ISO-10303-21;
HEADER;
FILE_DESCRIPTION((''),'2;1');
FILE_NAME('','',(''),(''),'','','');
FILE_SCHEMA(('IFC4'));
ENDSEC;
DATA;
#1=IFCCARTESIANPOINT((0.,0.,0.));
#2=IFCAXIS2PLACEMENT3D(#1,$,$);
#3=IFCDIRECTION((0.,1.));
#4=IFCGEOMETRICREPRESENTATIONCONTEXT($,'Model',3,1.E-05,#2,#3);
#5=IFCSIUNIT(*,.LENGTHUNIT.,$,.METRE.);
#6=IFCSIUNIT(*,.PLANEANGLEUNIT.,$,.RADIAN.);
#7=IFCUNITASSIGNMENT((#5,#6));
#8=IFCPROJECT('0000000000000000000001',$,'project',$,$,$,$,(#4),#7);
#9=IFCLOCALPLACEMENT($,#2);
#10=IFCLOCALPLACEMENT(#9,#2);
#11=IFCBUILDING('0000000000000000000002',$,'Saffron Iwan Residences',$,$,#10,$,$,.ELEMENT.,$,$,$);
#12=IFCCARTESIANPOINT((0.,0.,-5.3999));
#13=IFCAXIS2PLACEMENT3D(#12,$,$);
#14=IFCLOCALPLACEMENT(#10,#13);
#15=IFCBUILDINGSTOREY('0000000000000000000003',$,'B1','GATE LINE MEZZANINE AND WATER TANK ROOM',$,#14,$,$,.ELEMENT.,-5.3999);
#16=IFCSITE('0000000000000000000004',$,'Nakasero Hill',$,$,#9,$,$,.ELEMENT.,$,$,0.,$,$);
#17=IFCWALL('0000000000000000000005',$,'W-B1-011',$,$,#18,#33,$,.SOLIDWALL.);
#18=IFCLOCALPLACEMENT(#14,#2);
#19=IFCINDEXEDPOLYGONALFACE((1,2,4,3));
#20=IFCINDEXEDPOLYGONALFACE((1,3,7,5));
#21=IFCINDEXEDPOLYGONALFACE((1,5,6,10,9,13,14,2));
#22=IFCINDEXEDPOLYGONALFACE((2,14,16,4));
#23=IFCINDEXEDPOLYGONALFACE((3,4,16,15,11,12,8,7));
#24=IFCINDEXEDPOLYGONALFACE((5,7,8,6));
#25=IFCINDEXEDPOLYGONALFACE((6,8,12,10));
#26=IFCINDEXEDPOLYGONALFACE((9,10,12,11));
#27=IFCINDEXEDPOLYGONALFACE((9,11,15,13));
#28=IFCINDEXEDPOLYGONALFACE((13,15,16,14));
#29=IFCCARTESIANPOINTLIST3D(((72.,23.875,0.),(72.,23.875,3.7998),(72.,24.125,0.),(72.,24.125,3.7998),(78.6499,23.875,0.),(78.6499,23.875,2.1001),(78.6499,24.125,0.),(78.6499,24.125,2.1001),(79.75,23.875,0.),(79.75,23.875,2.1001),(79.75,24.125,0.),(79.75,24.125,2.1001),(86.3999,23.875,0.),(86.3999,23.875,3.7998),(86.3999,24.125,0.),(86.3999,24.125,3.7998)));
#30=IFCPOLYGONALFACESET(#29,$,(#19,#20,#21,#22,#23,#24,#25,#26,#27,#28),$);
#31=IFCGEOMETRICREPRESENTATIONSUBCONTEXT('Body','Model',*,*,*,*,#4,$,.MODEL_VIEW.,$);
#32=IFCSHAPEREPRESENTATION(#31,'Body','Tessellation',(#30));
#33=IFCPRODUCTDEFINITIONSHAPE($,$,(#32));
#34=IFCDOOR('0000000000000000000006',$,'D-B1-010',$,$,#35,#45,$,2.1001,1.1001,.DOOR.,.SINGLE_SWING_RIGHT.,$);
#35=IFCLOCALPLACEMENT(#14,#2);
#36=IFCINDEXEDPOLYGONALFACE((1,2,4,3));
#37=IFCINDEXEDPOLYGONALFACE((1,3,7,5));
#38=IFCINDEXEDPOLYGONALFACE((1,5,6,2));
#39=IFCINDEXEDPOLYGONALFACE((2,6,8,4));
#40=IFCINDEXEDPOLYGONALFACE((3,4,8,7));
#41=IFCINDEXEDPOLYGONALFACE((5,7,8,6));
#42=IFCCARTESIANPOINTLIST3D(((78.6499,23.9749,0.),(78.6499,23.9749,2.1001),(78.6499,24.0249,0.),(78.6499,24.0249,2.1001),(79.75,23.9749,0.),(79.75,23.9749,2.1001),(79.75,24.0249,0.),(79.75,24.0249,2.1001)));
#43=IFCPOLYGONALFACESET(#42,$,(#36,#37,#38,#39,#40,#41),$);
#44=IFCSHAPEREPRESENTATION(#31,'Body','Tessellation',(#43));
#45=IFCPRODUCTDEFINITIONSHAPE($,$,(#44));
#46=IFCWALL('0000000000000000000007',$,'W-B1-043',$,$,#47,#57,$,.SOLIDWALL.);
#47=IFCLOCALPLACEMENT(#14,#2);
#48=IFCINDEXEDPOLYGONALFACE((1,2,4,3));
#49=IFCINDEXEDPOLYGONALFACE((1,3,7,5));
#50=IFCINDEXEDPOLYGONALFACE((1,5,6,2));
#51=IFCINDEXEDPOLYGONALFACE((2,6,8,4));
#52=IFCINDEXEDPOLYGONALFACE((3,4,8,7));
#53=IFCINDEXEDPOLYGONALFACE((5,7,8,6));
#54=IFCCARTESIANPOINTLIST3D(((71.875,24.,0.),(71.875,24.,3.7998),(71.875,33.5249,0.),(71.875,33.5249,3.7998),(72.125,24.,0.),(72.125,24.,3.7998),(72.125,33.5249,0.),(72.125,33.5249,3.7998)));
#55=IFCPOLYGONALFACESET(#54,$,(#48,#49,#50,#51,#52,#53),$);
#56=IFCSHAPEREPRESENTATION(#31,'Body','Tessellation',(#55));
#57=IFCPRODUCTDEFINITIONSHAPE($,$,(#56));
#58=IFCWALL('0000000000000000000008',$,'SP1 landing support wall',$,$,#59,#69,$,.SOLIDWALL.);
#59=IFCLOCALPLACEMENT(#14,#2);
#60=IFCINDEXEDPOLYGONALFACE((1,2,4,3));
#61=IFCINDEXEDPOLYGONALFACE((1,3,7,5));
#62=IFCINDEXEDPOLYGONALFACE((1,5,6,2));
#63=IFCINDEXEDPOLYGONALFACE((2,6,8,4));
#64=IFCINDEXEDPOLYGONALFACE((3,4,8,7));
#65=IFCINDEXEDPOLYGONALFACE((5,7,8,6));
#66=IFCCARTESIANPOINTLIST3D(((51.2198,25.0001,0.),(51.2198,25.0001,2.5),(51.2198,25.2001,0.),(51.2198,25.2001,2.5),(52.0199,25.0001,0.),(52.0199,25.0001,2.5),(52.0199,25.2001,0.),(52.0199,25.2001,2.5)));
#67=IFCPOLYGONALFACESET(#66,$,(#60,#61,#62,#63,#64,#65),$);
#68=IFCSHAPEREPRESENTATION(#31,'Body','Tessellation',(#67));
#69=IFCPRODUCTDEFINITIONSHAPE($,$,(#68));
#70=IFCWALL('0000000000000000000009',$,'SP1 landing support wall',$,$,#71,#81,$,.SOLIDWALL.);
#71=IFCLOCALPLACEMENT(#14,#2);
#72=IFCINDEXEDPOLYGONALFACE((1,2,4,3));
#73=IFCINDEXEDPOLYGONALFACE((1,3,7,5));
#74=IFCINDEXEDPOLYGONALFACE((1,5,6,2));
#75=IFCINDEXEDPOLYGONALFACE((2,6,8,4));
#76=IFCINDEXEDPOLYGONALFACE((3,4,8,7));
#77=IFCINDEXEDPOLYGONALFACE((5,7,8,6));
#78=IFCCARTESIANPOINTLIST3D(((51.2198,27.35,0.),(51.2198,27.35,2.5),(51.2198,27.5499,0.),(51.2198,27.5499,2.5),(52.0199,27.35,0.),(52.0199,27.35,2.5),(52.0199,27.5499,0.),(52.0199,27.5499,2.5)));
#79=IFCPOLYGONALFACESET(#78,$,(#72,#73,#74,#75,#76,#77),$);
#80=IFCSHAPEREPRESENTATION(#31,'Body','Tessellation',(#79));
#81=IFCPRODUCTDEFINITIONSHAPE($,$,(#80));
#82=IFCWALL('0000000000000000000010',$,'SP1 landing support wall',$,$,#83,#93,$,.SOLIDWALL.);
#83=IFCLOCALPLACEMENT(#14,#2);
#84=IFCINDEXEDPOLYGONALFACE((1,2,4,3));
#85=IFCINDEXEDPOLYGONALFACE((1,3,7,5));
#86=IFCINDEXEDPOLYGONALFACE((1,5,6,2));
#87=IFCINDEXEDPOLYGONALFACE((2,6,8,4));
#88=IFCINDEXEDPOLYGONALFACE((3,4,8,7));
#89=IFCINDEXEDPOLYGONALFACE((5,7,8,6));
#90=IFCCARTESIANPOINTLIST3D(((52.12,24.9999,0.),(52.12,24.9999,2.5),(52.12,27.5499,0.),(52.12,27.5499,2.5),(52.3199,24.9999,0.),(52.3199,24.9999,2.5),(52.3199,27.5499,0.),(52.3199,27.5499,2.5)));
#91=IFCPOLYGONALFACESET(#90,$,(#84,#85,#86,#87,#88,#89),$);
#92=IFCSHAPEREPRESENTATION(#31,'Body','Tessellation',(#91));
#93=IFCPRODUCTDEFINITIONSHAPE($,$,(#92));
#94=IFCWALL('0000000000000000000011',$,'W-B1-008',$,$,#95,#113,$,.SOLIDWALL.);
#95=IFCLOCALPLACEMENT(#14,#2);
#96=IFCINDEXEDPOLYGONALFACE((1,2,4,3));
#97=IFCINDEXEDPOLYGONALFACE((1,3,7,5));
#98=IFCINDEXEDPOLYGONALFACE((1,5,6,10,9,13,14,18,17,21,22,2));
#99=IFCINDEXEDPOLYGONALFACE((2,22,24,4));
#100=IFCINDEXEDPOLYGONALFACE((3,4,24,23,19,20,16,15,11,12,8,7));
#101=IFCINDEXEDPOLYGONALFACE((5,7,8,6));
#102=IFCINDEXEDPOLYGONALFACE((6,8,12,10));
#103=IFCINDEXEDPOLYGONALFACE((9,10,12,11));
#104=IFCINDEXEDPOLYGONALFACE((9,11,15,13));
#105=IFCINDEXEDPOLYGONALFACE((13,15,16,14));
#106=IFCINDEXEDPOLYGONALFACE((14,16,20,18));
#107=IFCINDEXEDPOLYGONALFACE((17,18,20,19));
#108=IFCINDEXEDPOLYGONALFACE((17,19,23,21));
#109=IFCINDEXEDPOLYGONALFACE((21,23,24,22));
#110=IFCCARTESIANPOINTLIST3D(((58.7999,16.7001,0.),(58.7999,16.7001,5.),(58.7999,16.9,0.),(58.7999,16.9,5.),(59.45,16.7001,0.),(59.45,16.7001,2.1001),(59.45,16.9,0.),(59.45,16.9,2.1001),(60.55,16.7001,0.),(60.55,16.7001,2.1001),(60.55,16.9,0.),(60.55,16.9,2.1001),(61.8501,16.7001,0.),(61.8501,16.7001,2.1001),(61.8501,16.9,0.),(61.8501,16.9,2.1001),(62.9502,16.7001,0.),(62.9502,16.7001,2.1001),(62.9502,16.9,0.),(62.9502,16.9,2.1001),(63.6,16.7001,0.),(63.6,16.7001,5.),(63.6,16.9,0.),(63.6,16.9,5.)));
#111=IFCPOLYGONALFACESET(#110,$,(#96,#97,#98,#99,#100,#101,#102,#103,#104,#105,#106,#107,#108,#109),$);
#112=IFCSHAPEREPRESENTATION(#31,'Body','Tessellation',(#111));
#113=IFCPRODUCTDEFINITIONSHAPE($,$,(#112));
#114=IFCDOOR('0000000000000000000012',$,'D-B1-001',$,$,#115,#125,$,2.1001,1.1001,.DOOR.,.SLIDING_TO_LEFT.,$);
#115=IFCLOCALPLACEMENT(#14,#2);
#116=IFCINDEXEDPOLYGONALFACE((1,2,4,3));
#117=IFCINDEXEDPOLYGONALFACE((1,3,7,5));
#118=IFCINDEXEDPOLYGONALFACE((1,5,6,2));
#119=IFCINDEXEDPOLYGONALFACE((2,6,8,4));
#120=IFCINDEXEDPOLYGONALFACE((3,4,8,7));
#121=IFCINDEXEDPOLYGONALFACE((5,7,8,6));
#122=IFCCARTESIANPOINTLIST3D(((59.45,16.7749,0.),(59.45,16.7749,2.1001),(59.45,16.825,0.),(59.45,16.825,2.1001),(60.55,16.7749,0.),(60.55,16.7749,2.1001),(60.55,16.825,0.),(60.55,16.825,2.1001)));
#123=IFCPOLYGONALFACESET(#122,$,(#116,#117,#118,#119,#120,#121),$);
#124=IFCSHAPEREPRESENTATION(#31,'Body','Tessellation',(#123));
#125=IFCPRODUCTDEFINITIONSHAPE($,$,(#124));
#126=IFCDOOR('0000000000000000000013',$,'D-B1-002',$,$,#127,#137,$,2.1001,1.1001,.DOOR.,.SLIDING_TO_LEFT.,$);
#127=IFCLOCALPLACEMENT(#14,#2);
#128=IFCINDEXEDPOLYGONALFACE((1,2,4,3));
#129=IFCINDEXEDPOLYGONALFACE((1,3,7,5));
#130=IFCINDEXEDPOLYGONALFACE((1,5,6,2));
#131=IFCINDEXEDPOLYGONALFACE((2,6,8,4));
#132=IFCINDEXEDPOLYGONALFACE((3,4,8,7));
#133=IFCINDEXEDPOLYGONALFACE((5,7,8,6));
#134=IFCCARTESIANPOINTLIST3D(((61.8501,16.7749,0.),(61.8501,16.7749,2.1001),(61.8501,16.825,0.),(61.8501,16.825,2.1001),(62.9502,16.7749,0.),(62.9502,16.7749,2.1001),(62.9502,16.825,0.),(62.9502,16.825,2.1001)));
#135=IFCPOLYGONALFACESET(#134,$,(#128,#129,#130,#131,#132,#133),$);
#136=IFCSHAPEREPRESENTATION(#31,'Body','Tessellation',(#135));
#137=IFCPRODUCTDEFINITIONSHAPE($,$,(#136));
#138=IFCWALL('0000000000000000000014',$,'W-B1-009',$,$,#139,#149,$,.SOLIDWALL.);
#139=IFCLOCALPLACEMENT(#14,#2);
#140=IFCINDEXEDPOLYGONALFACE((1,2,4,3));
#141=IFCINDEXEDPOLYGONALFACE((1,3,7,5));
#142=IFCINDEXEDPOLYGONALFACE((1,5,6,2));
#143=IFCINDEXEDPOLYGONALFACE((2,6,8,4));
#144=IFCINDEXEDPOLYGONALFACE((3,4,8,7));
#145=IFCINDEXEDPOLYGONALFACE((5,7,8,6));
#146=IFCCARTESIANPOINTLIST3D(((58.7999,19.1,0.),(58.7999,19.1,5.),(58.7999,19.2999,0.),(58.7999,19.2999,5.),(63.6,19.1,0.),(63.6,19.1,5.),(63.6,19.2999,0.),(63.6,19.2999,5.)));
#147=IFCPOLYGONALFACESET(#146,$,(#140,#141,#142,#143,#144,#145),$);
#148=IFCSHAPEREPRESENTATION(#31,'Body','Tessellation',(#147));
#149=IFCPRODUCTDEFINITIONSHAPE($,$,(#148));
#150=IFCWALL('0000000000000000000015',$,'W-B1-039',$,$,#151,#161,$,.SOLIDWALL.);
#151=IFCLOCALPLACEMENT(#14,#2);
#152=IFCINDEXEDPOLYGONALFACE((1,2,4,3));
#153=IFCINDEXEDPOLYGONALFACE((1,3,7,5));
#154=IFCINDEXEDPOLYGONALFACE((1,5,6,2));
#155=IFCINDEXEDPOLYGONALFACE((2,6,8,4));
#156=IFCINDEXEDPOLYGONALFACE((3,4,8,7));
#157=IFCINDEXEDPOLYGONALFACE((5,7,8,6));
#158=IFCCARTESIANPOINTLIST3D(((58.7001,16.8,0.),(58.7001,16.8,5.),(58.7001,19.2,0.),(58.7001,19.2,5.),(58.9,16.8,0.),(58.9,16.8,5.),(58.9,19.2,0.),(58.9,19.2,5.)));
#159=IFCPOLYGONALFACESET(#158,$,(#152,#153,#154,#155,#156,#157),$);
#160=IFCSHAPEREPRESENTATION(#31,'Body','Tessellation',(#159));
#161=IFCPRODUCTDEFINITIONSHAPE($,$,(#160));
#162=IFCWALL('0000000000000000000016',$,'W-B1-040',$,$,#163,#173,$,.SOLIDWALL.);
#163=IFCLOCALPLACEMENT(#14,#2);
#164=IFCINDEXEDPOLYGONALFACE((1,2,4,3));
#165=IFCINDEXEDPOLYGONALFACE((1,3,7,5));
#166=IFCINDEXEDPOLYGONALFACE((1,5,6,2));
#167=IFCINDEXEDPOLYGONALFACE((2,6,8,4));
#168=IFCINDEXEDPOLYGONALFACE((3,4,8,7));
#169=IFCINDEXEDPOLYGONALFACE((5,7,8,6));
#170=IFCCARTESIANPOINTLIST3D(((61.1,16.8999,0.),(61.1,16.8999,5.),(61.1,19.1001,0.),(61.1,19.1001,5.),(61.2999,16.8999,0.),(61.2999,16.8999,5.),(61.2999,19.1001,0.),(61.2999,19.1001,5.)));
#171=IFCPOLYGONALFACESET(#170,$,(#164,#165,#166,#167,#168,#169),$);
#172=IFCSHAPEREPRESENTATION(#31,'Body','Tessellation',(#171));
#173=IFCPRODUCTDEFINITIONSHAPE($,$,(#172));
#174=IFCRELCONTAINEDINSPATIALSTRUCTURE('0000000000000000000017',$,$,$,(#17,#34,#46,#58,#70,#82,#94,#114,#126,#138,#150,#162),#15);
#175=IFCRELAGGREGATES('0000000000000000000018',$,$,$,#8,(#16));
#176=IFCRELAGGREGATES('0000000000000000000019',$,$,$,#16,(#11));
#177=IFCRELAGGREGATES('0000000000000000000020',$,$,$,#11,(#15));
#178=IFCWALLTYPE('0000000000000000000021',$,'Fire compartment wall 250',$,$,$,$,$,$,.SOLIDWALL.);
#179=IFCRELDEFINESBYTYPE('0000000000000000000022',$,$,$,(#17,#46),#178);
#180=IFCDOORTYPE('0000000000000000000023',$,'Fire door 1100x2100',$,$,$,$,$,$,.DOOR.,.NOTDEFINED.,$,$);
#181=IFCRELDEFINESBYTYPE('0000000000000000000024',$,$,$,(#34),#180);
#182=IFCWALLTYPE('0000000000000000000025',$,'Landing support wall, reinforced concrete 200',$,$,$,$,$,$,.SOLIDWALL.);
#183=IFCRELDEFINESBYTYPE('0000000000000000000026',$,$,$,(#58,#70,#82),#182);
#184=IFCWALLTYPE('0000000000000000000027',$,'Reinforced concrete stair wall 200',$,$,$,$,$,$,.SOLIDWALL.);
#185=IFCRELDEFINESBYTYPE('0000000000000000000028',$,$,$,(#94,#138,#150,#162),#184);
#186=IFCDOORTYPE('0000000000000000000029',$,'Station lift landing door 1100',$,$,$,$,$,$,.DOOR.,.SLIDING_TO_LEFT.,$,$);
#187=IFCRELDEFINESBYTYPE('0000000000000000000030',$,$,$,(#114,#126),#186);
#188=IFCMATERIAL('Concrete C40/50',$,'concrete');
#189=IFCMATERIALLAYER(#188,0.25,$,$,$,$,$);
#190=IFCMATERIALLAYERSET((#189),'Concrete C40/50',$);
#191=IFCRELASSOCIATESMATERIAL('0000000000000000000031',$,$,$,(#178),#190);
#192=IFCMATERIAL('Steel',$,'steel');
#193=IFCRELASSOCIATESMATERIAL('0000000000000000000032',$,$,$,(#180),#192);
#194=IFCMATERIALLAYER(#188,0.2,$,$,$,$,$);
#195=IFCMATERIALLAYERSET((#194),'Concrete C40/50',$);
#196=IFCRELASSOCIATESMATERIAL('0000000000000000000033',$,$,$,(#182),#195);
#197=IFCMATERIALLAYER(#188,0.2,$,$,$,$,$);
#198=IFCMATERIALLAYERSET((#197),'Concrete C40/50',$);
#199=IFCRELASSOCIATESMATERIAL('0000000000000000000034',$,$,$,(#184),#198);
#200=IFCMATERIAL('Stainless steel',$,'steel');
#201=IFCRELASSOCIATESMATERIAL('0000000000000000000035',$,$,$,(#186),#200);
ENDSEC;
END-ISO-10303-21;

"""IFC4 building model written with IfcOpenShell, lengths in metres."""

from ifc_helpers import new_model, si_unit, direction, frame, frame_2d, origin, place, context, subcontext, project, spatial, rectangle, extrude, material, layer, layer_set, type_object, element, fill, save


model = new_model("IFC4")

# Units and contexts
model_context = context("Model", 3, precision=1e-05, world=origin(), true_north=direction((0.0, 1.0)))
body_context = subcontext(model_context, "Body", "Model", "MODEL_VIEW")
ifc_project = project(units=[si_unit("LENGTHUNIT", "METRE"), si_unit("PLANEANGLEUNIT", "RADIAN")], contexts=[model_context])

# Site, building, storey
site_placement = place(None, origin())
site = spatial("IfcSite", under=ifc_project, at=site_placement, Name="Nakasero Hill", CompositionType="ELEMENT", RefElevation=0.0)
building_placement = place(site_placement, origin())
building = spatial("IfcBuilding", under=site, at=building_placement, Name="Saffron Iwan Residences", CompositionType="ELEMENT")
storey_placement = place(building_placement, frame((0.0, 0.0, -5.3999)))
storey = spatial("IfcBuildingStorey", under=building, at=storey_placement, Name="B1", Description="GATE LINE MEZZANINE AND WATER TANK ROOM", CompositionType="ELEMENT", Elevation=-5.3999)

# Wall, opening, door
ifc_material_1 = material(Name="Concrete C40/50", Category="concrete")
ifc_layer_1 = layer(ifc_material_1, 0.25)
ifc_layer_set_1 = layer_set([ifc_layer_1], Name="Concrete C40/50")
wall_type_1 = type_object("IfcWallType", Name="Fire compartment wall 250", PredefinedType="SOLIDWALL", material=ifc_layer_set_1)
wall_1_placement = place(storey_placement, frame((72.0, 24.0, 0.0), z_axis=(0.0, 0.0, 1.0), x_axis=(1.0, 0.0, 0.0)))
wall_1 = element("IfcWall", 1, at=wall_1_placement, inside=storey, type_object=wall_type_1, Name="W-B1-011", PredefinedType="SOLIDWALL", context=body_context, shape_type="SweptSolid", body=[
    extrude(rectangle(XDim=14.3999, YDim=0.25, at=frame_2d((7.2, 0.0))), origin(), (0.0, 0.0, 1.0), 3.7998),
])
opening_1_placement = place(wall_1_placement, frame((6.6499, 0.0, 0.0)))
opening_1 = element("IfcOpeningElement", 2, at=opening_1_placement, cuts=wall_1, PredefinedType="OPENING", context=body_context, shape_type="SweptSolid", body=[
    extrude(rectangle(XDim=1.1001, YDim=2.1001, at=frame_2d((0.55, 1.05))), frame((0.0, 0.135, 0.0), z_axis=(0.0, -1.0, 0.0), x_axis=(1.0, 0.0, 0.0)), (0.0, 0.0, 1.0), 0.27),
])
ifc_material_2 = material(Name="Steel", Category="steel")
door_type_1 = type_object("IfcDoorType", Name="Fire door 1100x2100", OperationType="NOTDEFINED", PredefinedType="DOOR", material=ifc_material_2)
door_1_placement = place(opening_1_placement, origin())
door_1 = element("IfcDoor", 3, at=door_1_placement, inside=storey, type_object=door_type_1, Name="D-B1-010", OperationType="SINGLE_SWING_RIGHT", OverallHeight=2.1001, OverallWidth=1.1001, PredefinedType="DOOR", context=body_context, shape_type="SweptSolid", body=[
    extrude(rectangle(XDim=1.1001, YDim=2.1001, at=frame_2d((0.55, 1.05))), frame((0.0, 0.0249, 0.0), z_axis=(0.0, -1.0, 0.0), x_axis=(1.0, 0.0, 0.0)), (0.0, 0.0, 1.0), 0.05),
])
fill(opening_1, door_1)

# Walls
wall_2_placement = place(storey_placement, frame((72.0, 24.0, 0.0), z_axis=(0.0, 0.0, 1.0), x_axis=(0.0, 1.0, 0.0)))
element("IfcWall", 4, at=wall_2_placement, inside=storey, type_object=wall_type_1, Name="W-B1-043", PredefinedType="SOLIDWALL", context=body_context, shape_type="SweptSolid", body=[
    extrude(rectangle(XDim=9.5249, YDim=0.25, at=frame_2d((4.7625, 0.0))), origin(), (0.0, 0.0, 1.0), 3.7998),
])
ifc_layer_2 = layer(ifc_material_1, 0.2)
ifc_layer_set_2 = layer_set([ifc_layer_2], Name="Concrete C40/50")
wall_type_2 = type_object("IfcWallType", Name="Landing support wall, reinforced concrete 200", PredefinedType="SOLIDWALL", material=ifc_layer_set_2)
for number, where, z_axis, x_axis, name in (
    (5, (51.22, 25.1001, 0.0), (0.0, 0.0, 1.0), (1.0, 0.0, 0.0), "SP1 landing support wall"),
    (6, (51.22, 27.45, 0.0), (0.0, 0.0, 1.0), (1.0, 0.0, 0.0), "SP1 landing support wall"),
):
    element("IfcWall", number, at=place(storey_placement, frame(where, z_axis=z_axis, x_axis=x_axis)), inside=storey, type_object=wall_type_2, Name=name, PredefinedType="SOLIDWALL", context=body_context, shape_type="SweptSolid", body=[
        extrude(rectangle(XDim=0.8, YDim=0.2, at=frame_2d((0.3999, 0.0))), origin(), (0.0, 0.0, 1.0), 2.5),
    ])
wall_3_placement = place(storey_placement, frame((52.22, 25.0, 0.0), z_axis=(0.0, 0.0, 1.0), x_axis=(0.0, 1.0, 0.0)))
element("IfcWall", 7, at=wall_3_placement, inside=storey, type_object=wall_type_2, Name="SP1 landing support wall", PredefinedType="SOLIDWALL", context=body_context, shape_type="SweptSolid", body=[
    extrude(rectangle(XDim=2.55, YDim=0.2, at=frame_2d((1.2749, 0.0))), origin(), (0.0, 0.0, 1.0), 2.5),
])

# Wall, openings, doors
ifc_layer_3 = layer(ifc_material_1, 0.2)
ifc_layer_set_3 = layer_set([ifc_layer_3], Name="Concrete C40/50")
wall_type_3 = type_object("IfcWallType", Name="Reinforced concrete stair wall 200", PredefinedType="SOLIDWALL", material=ifc_layer_set_3)
wall_4_placement = place(storey_placement, frame((58.8, 16.8, 0.0), z_axis=(0.0, 0.0, 1.0), x_axis=(1.0, 0.0, 0.0)))
wall_4 = element("IfcWall", 8, at=wall_4_placement, inside=storey, type_object=wall_type_3, Name="W-B1-008", PredefinedType="SOLIDWALL", context=body_context, shape_type="SweptSolid", body=[
    extrude(rectangle(XDim=4.8, YDim=0.2, at=frame_2d((2.3999, 0.0))), origin(), (0.0, 0.0, 1.0), 5.0),
])
opening_2_placement = place(wall_4_placement, frame((0.6499, 0.0, 0.0)))
opening_2 = element("IfcOpeningElement", 9, at=opening_2_placement, cuts=wall_4, PredefinedType="OPENING", context=body_context, shape_type="SweptSolid", body=[
    extrude(rectangle(XDim=1.1001, YDim=2.1001, at=frame_2d((0.55, 1.05))), frame((0.0, 0.1099, 0.0), z_axis=(0.0, -1.0, 0.0), x_axis=(1.0, 0.0, 0.0)), (0.0, 0.0, 1.0), 0.22),
])
opening_3_placement = place(wall_4_placement, frame((3.05, 0.0, 0.0)))
opening_3 = element("IfcOpeningElement", 10, at=opening_3_placement, cuts=wall_4, PredefinedType="OPENING", context=body_context, shape_type="SweptSolid", body=[
    extrude(rectangle(XDim=1.1001, YDim=2.1001, at=frame_2d((0.55, 1.05))), frame((0.0, 0.1099, 0.0), z_axis=(0.0, -1.0, 0.0), x_axis=(1.0, 0.0, 0.0)), (0.0, 0.0, 1.0), 0.22),
])
ifc_material_3 = material(Name="Stainless steel", Category="steel")
door_type_2 = type_object("IfcDoorType", Name="Station lift landing door 1100", OperationType="SLIDING_TO_LEFT", PredefinedType="DOOR", material=ifc_material_3)
door_2_placement = place(opening_2_placement, origin())
door_2 = element("IfcDoor", 11, at=door_2_placement, inside=storey, type_object=door_type_2, Name="D-B1-001", OperationType="SLIDING_TO_LEFT", OverallHeight=2.1001, OverallWidth=1.1001, PredefinedType="DOOR", context=body_context, shape_type="SweptSolid", body=[
    extrude(rectangle(XDim=1.1001, YDim=2.1001, at=frame_2d((0.55, 1.05))), frame((0.0, 0.0249, 0.0), z_axis=(0.0, -1.0, 0.0), x_axis=(1.0, 0.0, 0.0)), (0.0, 0.0, 1.0), 0.05),
])
fill(opening_2, door_2)
door_3_placement = place(opening_3_placement, origin())
door_3 = element("IfcDoor", 12, at=door_3_placement, inside=storey, type_object=door_type_2, Name="D-B1-002", OperationType="SLIDING_TO_LEFT", OverallHeight=2.1001, OverallWidth=1.1001, PredefinedType="DOOR", context=body_context, shape_type="SweptSolid", body=[
    extrude(rectangle(XDim=1.1001, YDim=2.1001, at=frame_2d((0.55, 1.05))), frame((0.0, 0.0249, 0.0), z_axis=(0.0, -1.0, 0.0), x_axis=(1.0, 0.0, 0.0)), (0.0, 0.0, 1.0), 0.05),
])
fill(opening_3, door_3)

# Walls
wall_5_placement = place(storey_placement, frame((58.8, 19.2, 0.0), z_axis=(0.0, 0.0, 1.0), x_axis=(1.0, 0.0, 0.0)))
element("IfcWall", 13, at=wall_5_placement, inside=storey, type_object=wall_type_3, Name="W-B1-009", PredefinedType="SOLIDWALL", context=body_context, shape_type="SweptSolid", body=[
    extrude(rectangle(XDim=4.8, YDim=0.2, at=frame_2d((2.3999, 0.0))), origin(), (0.0, 0.0, 1.0), 5.0),
])
wall_6_placement = place(storey_placement, frame((58.8, 16.8, 0.0), z_axis=(0.0, 0.0, 1.0), x_axis=(0.0, 1.0, 0.0)))
element("IfcWall", 14, at=wall_6_placement, inside=storey, type_object=wall_type_3, Name="W-B1-039", PredefinedType="SOLIDWALL", context=body_context, shape_type="SweptSolid", body=[
    extrude(rectangle(XDim=2.3999, YDim=0.2, at=frame_2d((1.2, 0.0))), origin(), (0.0, 0.0, 1.0), 5.0),
])
wall_7_placement = place(storey_placement, frame((61.2, 16.8999, 0.0), z_axis=(0.0, 0.0, 1.0), x_axis=(0.0, 1.0, 0.0)))
element("IfcWall", 15, at=wall_7_placement, inside=storey, type_object=wall_type_3, Name="W-B1-040", PredefinedType="SOLIDWALL", context=body_context, shape_type="SweptSolid", body=[
    extrude(rectangle(XDim=2.2002, YDim=0.2, at=frame_2d((1.1001, 0.0))), origin(), (0.0, 0.0, 1.0), 5.0),
])

save(model, "model.ifc")
